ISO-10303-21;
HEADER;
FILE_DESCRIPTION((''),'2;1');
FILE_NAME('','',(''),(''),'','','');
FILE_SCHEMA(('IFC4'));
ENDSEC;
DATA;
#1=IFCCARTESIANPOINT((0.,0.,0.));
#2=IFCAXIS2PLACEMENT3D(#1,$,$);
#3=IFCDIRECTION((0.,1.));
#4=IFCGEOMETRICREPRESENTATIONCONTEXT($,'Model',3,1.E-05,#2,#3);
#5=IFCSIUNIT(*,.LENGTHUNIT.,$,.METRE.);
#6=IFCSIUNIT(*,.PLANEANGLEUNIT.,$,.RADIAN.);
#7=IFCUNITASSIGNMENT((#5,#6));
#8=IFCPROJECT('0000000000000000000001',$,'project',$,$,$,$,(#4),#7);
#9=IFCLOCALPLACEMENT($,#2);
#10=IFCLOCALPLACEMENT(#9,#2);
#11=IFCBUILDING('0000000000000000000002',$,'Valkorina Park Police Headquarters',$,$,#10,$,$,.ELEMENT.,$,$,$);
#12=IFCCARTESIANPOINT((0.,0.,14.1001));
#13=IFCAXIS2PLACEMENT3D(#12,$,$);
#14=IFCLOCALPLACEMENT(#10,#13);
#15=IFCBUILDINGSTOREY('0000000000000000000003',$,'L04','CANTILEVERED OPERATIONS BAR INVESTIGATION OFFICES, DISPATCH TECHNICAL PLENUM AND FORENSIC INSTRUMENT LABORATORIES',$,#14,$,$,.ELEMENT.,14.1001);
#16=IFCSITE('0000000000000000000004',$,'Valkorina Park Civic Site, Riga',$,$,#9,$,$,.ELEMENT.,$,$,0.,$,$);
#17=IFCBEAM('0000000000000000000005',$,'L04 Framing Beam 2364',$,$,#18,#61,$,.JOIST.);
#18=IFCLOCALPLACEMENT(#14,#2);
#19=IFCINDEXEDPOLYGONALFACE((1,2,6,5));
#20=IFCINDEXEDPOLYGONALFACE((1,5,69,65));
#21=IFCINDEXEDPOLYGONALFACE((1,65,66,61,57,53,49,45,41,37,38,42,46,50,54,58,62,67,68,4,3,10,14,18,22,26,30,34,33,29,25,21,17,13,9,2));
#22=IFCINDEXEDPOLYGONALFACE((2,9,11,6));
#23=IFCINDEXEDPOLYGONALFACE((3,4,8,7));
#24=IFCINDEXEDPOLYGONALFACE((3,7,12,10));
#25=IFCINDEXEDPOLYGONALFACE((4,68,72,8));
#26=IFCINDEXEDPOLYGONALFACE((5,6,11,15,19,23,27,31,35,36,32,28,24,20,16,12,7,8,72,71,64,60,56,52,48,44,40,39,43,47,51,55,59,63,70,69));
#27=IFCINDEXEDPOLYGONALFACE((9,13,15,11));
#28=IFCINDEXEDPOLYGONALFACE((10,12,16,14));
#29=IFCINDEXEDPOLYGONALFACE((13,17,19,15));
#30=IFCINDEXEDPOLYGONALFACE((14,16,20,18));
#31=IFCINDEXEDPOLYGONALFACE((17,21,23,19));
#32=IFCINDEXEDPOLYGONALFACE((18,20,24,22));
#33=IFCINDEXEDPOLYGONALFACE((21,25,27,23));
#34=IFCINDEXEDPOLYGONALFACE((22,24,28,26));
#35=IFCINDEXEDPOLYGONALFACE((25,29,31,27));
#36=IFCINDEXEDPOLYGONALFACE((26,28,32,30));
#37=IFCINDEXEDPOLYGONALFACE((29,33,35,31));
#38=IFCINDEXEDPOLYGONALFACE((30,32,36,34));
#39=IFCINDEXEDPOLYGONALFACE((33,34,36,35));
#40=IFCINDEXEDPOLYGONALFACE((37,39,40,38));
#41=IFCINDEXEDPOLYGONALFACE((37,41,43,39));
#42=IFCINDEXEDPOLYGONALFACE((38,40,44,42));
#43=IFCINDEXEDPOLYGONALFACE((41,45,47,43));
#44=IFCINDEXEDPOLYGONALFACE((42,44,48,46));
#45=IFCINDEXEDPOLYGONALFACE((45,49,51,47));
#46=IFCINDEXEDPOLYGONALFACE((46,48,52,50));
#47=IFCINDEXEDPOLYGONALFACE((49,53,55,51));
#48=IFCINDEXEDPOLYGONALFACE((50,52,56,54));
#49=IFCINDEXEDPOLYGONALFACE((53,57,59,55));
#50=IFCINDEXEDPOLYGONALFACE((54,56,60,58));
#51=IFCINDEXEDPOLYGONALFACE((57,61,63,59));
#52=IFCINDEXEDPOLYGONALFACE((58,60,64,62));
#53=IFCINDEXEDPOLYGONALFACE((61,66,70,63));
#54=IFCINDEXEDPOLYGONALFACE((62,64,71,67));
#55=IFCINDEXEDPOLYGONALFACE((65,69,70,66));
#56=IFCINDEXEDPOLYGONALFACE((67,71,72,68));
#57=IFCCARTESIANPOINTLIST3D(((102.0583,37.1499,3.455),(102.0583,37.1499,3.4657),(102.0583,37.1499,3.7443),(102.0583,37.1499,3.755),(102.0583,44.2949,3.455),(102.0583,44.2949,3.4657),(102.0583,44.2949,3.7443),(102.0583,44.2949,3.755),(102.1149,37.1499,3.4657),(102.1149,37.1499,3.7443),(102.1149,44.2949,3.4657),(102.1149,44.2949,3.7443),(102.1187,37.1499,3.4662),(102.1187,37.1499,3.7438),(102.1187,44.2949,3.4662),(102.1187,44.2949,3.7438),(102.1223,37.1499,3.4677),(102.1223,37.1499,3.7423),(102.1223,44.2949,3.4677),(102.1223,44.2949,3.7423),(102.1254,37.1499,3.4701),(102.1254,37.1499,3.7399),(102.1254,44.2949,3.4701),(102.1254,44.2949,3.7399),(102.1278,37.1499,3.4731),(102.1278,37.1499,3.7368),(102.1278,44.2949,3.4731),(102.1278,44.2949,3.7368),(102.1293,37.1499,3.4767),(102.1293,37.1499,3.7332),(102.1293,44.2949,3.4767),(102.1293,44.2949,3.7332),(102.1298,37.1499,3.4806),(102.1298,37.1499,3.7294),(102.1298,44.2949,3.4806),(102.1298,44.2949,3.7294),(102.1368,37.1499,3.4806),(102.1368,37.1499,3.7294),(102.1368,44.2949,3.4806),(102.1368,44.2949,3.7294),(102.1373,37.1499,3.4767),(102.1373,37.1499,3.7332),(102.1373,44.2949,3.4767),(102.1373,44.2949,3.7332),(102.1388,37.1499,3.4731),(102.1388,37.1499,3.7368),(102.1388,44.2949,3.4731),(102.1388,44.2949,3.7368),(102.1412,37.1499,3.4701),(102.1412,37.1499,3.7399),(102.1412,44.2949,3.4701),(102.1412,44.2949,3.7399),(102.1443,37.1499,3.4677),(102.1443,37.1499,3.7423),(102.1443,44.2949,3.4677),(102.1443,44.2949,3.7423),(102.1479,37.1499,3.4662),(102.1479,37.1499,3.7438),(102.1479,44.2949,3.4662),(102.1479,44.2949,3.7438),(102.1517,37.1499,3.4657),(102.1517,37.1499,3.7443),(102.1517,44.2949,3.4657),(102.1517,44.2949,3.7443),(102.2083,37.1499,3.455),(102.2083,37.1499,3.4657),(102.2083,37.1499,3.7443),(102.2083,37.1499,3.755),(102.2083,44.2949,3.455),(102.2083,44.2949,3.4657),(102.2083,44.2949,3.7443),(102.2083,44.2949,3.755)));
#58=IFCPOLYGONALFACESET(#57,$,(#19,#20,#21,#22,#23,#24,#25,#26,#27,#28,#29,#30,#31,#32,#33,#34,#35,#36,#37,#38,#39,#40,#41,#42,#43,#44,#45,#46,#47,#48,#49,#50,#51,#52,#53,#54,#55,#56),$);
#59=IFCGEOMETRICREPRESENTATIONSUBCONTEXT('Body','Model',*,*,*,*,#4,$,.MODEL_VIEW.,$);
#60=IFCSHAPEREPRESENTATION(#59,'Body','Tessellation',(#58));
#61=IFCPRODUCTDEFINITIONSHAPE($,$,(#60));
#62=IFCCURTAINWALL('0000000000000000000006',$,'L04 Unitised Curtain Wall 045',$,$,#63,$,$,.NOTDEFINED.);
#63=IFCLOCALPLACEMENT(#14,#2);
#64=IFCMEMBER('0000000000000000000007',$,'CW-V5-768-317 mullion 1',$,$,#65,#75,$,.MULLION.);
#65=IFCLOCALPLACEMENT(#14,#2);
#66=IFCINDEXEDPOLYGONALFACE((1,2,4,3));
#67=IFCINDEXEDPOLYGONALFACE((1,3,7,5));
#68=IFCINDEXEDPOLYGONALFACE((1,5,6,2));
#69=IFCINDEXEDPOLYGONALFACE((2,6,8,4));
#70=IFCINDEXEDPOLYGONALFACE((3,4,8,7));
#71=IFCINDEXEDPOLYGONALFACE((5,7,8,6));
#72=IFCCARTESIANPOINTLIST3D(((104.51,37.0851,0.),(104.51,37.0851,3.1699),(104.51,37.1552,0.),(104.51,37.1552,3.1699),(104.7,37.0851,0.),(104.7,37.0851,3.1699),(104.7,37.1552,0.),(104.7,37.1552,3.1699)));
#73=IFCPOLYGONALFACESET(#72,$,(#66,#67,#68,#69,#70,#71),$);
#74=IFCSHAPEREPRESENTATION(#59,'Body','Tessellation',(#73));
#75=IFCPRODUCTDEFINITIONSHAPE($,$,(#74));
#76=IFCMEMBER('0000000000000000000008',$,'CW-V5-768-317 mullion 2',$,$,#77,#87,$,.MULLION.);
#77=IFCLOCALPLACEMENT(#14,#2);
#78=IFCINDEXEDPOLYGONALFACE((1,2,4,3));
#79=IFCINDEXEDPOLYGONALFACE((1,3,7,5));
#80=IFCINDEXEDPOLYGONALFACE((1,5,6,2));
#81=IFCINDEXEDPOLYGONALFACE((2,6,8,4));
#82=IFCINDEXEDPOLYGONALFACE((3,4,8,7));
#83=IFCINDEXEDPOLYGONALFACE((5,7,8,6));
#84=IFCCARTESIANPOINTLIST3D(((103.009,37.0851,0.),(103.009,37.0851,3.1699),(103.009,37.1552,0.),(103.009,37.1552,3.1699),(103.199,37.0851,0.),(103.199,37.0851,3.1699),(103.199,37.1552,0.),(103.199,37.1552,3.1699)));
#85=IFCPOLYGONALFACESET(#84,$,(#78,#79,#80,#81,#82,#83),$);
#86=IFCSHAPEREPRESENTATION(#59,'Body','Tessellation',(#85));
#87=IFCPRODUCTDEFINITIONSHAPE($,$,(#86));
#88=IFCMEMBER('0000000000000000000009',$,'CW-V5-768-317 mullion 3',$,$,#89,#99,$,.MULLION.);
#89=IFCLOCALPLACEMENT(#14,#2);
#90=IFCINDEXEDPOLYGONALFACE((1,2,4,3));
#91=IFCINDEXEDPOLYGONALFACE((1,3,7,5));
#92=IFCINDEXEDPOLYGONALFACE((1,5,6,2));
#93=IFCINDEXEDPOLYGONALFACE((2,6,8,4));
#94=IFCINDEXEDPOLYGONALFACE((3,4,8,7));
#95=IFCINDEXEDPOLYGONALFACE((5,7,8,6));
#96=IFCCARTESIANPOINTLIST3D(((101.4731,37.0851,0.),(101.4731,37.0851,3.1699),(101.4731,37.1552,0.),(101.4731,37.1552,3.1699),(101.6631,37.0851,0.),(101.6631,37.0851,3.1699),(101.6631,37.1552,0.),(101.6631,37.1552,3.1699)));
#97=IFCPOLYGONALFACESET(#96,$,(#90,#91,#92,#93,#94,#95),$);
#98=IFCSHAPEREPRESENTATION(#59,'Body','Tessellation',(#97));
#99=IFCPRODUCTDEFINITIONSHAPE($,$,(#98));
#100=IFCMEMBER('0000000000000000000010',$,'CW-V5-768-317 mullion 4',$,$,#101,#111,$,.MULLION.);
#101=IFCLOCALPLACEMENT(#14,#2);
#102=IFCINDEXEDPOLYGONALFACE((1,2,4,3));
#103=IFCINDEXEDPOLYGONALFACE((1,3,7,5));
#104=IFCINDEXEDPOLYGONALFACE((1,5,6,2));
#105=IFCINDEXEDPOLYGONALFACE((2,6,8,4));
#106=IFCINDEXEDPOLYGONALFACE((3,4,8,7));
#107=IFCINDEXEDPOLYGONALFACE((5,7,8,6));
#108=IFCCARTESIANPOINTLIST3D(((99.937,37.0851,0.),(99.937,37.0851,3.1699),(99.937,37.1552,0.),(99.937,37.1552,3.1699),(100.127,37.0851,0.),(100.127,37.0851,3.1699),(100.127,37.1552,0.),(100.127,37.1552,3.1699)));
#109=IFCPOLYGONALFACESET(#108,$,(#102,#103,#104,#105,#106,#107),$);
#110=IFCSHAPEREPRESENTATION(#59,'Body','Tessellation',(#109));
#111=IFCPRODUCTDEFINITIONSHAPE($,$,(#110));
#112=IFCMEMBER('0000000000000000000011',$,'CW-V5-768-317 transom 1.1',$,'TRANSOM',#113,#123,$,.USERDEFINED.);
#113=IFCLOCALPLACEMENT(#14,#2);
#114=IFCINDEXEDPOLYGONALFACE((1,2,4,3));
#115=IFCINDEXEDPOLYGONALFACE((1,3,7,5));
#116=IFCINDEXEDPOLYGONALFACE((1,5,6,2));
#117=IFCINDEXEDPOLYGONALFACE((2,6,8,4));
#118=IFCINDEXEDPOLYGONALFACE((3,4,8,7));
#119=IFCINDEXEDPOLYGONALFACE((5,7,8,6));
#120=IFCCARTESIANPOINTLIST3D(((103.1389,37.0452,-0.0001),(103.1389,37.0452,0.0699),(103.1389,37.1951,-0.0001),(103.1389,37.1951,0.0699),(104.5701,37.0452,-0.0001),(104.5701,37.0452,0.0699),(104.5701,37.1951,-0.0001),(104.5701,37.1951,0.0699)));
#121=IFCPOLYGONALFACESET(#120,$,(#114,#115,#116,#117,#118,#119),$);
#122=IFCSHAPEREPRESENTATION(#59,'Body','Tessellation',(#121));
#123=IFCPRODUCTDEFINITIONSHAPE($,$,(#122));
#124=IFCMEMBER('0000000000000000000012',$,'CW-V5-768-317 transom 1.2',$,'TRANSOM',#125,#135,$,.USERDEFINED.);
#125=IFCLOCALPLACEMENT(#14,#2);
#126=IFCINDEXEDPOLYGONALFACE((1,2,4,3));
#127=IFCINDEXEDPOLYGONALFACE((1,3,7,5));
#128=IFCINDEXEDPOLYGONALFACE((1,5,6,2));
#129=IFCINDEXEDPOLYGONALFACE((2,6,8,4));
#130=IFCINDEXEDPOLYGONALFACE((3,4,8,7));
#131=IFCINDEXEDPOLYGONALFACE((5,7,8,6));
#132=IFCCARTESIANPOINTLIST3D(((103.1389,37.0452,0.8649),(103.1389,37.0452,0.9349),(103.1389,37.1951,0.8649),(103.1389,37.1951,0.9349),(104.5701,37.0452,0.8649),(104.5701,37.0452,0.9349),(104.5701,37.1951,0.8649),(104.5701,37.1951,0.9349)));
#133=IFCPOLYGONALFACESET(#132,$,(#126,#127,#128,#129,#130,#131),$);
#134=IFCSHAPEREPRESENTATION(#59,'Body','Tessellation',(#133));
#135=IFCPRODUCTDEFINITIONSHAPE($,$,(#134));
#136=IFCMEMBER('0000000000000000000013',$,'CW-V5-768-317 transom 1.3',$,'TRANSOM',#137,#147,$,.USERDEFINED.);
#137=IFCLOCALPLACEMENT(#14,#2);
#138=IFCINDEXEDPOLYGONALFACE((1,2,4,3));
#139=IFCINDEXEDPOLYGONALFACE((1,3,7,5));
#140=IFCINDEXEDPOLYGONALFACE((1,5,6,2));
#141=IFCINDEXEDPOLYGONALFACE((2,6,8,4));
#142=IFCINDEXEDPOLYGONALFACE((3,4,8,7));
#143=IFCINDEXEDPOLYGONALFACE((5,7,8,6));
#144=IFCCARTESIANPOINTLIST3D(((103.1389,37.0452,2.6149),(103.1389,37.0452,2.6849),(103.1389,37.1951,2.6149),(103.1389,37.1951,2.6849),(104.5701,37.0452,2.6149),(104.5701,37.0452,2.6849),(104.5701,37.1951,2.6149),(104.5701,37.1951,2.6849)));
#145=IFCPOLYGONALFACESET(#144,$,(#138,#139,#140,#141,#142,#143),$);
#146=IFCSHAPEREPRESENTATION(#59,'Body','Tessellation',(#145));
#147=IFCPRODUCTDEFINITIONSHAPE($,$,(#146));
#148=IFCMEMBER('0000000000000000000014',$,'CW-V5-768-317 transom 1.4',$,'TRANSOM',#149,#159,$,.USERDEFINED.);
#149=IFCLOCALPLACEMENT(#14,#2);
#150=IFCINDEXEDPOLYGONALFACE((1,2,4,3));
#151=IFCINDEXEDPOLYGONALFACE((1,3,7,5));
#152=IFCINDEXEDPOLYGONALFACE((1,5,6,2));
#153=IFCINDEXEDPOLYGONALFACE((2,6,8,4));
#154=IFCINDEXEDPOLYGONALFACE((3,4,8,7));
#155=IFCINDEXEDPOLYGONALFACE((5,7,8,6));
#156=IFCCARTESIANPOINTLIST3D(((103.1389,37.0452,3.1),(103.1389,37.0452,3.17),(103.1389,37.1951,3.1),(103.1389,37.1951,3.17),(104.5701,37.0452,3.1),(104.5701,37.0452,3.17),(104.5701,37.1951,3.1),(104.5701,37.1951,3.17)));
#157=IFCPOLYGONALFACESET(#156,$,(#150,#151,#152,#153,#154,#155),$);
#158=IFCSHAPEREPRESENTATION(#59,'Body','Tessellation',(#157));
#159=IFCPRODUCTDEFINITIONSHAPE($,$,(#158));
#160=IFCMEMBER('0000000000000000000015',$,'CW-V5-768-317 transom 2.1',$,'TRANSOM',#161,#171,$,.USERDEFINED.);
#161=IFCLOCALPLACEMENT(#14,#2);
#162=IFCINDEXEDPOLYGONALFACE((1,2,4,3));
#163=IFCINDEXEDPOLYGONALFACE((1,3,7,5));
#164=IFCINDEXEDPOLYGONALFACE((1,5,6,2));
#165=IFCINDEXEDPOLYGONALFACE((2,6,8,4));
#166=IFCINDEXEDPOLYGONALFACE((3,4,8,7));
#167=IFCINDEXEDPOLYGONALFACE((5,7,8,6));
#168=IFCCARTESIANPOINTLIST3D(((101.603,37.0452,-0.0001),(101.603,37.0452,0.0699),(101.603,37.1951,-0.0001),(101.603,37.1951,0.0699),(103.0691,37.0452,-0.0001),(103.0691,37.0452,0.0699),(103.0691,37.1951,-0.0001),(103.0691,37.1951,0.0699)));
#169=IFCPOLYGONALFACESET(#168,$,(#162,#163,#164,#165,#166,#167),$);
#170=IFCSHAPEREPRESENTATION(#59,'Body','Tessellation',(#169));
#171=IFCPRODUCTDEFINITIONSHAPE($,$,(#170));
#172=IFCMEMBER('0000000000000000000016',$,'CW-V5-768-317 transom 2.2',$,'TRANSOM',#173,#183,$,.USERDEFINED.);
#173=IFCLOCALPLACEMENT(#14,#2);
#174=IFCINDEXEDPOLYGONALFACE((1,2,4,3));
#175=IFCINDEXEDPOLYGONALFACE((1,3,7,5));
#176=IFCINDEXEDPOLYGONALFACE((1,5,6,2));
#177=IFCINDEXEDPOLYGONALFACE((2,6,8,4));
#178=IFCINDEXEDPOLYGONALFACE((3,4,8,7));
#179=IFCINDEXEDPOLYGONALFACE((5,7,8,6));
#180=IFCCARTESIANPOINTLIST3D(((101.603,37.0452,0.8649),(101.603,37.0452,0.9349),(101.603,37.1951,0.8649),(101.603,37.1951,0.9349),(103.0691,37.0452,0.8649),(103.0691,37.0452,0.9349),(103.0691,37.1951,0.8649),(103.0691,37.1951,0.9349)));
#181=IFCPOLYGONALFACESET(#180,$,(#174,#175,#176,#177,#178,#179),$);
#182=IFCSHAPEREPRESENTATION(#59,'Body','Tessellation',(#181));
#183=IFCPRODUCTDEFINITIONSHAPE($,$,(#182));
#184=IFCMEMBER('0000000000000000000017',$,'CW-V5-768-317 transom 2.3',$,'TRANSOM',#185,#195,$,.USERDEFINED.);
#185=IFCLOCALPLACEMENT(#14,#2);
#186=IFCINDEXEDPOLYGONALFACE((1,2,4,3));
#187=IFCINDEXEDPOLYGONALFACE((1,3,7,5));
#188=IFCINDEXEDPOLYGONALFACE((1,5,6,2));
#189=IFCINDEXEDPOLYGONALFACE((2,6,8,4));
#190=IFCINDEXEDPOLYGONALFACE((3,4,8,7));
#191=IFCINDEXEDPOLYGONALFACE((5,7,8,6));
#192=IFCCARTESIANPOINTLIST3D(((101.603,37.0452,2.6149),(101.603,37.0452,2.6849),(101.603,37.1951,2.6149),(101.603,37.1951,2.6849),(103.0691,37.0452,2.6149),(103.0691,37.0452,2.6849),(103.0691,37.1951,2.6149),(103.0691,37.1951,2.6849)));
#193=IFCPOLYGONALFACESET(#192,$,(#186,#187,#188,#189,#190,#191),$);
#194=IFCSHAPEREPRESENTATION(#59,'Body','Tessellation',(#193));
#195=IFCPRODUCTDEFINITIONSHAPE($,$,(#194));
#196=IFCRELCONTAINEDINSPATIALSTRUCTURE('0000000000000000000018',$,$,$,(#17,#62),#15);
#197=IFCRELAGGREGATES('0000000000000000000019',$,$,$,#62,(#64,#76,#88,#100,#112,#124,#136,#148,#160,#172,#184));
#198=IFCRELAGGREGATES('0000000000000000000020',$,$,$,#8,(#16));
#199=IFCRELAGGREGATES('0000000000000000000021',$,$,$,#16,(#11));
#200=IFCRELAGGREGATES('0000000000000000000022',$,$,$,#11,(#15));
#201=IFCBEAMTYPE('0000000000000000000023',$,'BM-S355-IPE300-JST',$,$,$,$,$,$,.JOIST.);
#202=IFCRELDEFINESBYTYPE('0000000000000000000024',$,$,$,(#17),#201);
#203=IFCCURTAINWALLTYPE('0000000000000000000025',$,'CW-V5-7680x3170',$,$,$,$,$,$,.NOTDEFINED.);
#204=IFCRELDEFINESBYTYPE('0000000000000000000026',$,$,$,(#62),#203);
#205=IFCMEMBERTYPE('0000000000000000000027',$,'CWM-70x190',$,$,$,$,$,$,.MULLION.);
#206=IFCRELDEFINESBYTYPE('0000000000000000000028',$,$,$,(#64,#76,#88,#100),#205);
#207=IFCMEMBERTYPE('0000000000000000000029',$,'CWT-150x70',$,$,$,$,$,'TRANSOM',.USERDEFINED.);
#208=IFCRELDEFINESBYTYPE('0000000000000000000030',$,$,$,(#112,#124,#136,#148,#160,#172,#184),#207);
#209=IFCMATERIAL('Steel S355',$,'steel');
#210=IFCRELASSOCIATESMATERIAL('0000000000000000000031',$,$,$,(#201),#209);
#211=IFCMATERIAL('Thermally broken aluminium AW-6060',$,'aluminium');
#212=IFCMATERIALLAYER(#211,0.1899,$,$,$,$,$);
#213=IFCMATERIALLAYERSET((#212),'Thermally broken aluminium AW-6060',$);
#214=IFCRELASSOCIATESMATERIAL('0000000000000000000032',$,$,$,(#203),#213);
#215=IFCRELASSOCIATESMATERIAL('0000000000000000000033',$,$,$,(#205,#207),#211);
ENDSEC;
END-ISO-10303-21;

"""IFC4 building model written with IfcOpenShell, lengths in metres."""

from ifc_helpers import new_model, si_unit, direction, frame, origin, origin_2d, place, context, subcontext, project, spatial, rectangle, i_section, extrude, material, layer, layer_set, material_profile, profile_set, type_object, element, aggregate, save


model = new_model("IFC4")

# Units and contexts
model_context = context("Model", 3, precision=1e-05, world=origin(), true_north=direction((0.0, 1.0)))
body_context = subcontext(model_context, "Body", "Model", "MODEL_VIEW")
ifc_project = project(units=[si_unit("LENGTHUNIT", "METRE"), si_unit("PLANEANGLEUNIT", "RADIAN")], contexts=[model_context])

# Site, building, storey
site_placement = place(None, origin())
site = spatial("IfcSite", under=ifc_project, at=site_placement, Name="Valkorina Park Civic Site, Riga", CompositionType="ELEMENT", RefElevation=0.0)
building_placement = place(site_placement, origin())
building = spatial("IfcBuilding", under=site, at=building_placement, Name="Valkorina Park Police Headquarters", CompositionType="ELEMENT")
storey_placement = place(building_placement, frame((0.0, 0.0, 14.1001)))
storey = spatial("IfcBuildingStorey", under=building, at=storey_placement, Name="L04", Description="CANTILEVERED OPERATIONS BAR INVESTIGATION OFFICES, DISPATCH TECHNICAL PLENUM AND FORENSIC INSTRUMENT LABORATORIES", CompositionType="ELEMENT", Elevation=14.1001)

# Beam
ifc_material_1 = material(Name="Steel S355", Category="steel")
ifc_material_profile_1 = material_profile(ifc_material_1, i_section(OverallWidth=0.1499, OverallDepth=0.3, WebThickness=0.0071, FlangeThickness=0.0107, FilletRadius=0.0149, at=origin_2d()), Name="IPE 300")
ifc_profile_set_1 = profile_set([ifc_material_profile_1], Name="Steel S355")
beam_type = type_object("IfcBeamType", Name="BM-S355-IPE300-JST", PredefinedType="JOIST", material=ifc_profile_set_1)
beam_placement = place(storey_placement, frame((102.1333, 37.1499, 3.605), z_axis=(0.0, 1.0, 0.0), x_axis=(-1.0, 0.0, 0.0)))
element("IfcBeam", 1, at=beam_placement, inside=storey, type_object=beam_type, Name="L04 Framing Beam 2364", PredefinedType="JOIST", context=body_context, shape_type="SweptSolid", body=[
    extrude(i_section(OverallWidth=0.1499, OverallDepth=0.3, WebThickness=0.0071, FlangeThickness=0.0107, FilletRadius=0.0149, at=origin_2d()), origin(), (0.0, 0.0, 1.0), 7.145),
])

# Curtain wall, members
ifc_material_2 = material(Name="Thermally broken aluminium AW-6060", Category="aluminium")
ifc_layer_1 = layer(ifc_material_2, 0.1899)
ifc_layer_set_1 = layer_set([ifc_layer_1], Name="Thermally broken aluminium AW-6060")
curtain_wall_type = type_object("IfcCurtainWallType", Name="CW-V5-7680x3170", PredefinedType="NOTDEFINED", material=ifc_layer_set_1)
curtain_wall_placement = place(storey_placement, origin())
curtain_wall = element("IfcCurtainWall", 2, at=curtain_wall_placement, inside=storey, type_object=curtain_wall_type, Name="L04 Unitised Curtain Wall 045", PredefinedType="NOTDEFINED")
ifc_material_profile_2 = material_profile(ifc_material_2, rectangle(XDim=0.0701, YDim=0.1899, at=origin_2d()), Name="CWM-02 70x190")
ifc_profile_set_2 = profile_set([ifc_material_profile_2], Name="Thermally broken aluminium AW-6060")
member_type_1 = type_object("IfcMemberType", Name="CWM-70x190", PredefinedType="MULLION", material=ifc_profile_set_2)
member_1_placement = place(storey_placement, frame((104.605, 37.1201, 0.0), z_axis=(0.0, 0.0, 1.0), x_axis=(0.0, -1.0, 0.0)))
member_1 = element("IfcMember", 3, at=member_1_placement, type_object=member_type_1, Name="CW-V5-768-317 mullion 1", PredefinedType="MULLION", context=body_context, shape_type="SweptSolid", body=[
    extrude(rectangle(XDim=0.0701, YDim=0.1899, at=origin_2d()), origin(), (0.0, 0.0, 1.0), 3.1699),
])
member_2_placement = place(storey_placement, frame((103.104, 37.1201, 0.0), z_axis=(0.0, 0.0, 1.0), x_axis=(0.0, -1.0, 0.0)))
member_2 = element("IfcMember", 4, at=member_2_placement, type_object=member_type_1, Name="CW-V5-768-317 mullion 2", PredefinedType="MULLION", context=body_context, shape_type="SweptSolid", body=[
    extrude(rectangle(XDim=0.0701, YDim=0.1899, at=origin_2d()), origin(), (0.0, 0.0, 1.0), 3.1699),
])
member_3_placement = place(storey_placement, frame((101.5681, 37.1201, 0.0), z_axis=(0.0, 0.0, 1.0), x_axis=(0.0, -1.0, 0.0)))
member_3 = element("IfcMember", 5, at=member_3_placement, type_object=member_type_1, Name="CW-V5-768-317 mullion 3", PredefinedType="MULLION", context=body_context, shape_type="SweptSolid", body=[
    extrude(rectangle(XDim=0.0701, YDim=0.1899, at=origin_2d()), origin(), (0.0, 0.0, 1.0), 3.1699),
])
member_4_placement = place(storey_placement, frame((100.032, 37.1201, 0.0), z_axis=(0.0, 0.0, 1.0), x_axis=(0.0, -1.0, 0.0)))
member_4 = element("IfcMember", 6, at=member_4_placement, type_object=member_type_1, Name="CW-V5-768-317 mullion 4", PredefinedType="MULLION", context=body_context, shape_type="SweptSolid", body=[
    extrude(rectangle(XDim=0.0701, YDim=0.1899, at=origin_2d()), origin(), (0.0, 0.0, 1.0), 3.1699),
])
ifc_material_profile_3 = material_profile(ifc_material_2, rectangle(XDim=0.1499, YDim=0.0701, at=origin_2d()), Name="CWT-02 150x70")
ifc_profile_set_3 = profile_set([ifc_material_profile_3], Name="Thermally broken aluminium AW-6060")
member_type_2 = type_object("IfcMemberType", Name="CWT-150x70", ElementType="TRANSOM", PredefinedType="USERDEFINED", material=ifc_profile_set_3)
member_5_placement = place(storey_placement, frame((104.5701, 37.1201, 0.0349), z_axis=(-1.0, 0.0, 0.0), x_axis=(0.0, -1.0, 0.0)))
member_5 = element("IfcMember", 7, at=member_5_placement, type_object=member_type_2, Name="CW-V5-768-317 transom 1.1", ObjectType="TRANSOM", PredefinedType="USERDEFINED", context=body_context, shape_type="SweptSolid", body=[
    extrude(rectangle(XDim=0.1499, YDim=0.0701, at=origin_2d()), origin(), (0.0, 0.0, 1.0), 1.4312),
])
member_6_placement = place(storey_placement, frame((104.5701, 37.1201, 0.8999), z_axis=(-1.0, 0.0, 0.0), x_axis=(0.0, -1.0, 0.0)))
member_6 = element("IfcMember", 8, at=member_6_placement, type_object=member_type_2, Name="CW-V5-768-317 transom 1.2", ObjectType="TRANSOM", PredefinedType="USERDEFINED", context=body_context, shape_type="SweptSolid", body=[
    extrude(rectangle(XDim=0.1499, YDim=0.0701, at=origin_2d()), origin(), (0.0, 0.0, 1.0), 1.4312),
])
member_7_placement = place(storey_placement, frame((104.5701, 37.1201, 2.6499), z_axis=(-1.0, 0.0, 0.0), x_axis=(0.0, -1.0, 0.0)))
member_7 = element("IfcMember", 9, at=member_7_placement, type_object=member_type_2, Name="CW-V5-768-317 transom 1.3", ObjectType="TRANSOM", PredefinedType="USERDEFINED", context=body_context, shape_type="SweptSolid", body=[
    extrude(rectangle(XDim=0.1499, YDim=0.0701, at=origin_2d()), origin(), (0.0, 0.0, 1.0), 1.4312),
])
member_8_placement = place(storey_placement, frame((104.5701, 37.1201, 3.135), z_axis=(-1.0, 0.0, 0.0), x_axis=(0.0, -1.0, 0.0)))
member_8 = element("IfcMember", 10, at=member_8_placement, type_object=member_type_2, Name="CW-V5-768-317 transom 1.4", ObjectType="TRANSOM", PredefinedType="USERDEFINED", context=body_context, shape_type="SweptSolid", body=[
    extrude(rectangle(XDim=0.1499, YDim=0.0701, at=origin_2d()), origin(), (0.0, 0.0, 1.0), 1.4312),
])
member_9_placement = place(storey_placement, frame((103.0691, 37.1201, 0.0349), z_axis=(-1.0, 0.0, 0.0), x_axis=(0.0, -1.0, 0.0)))
member_9 = element("IfcMember", 11, at=member_9_placement, type_object=member_type_2, Name="CW-V5-768-317 transom 2.1", ObjectType="TRANSOM", PredefinedType="USERDEFINED", context=body_context, shape_type="SweptSolid", body=[
    extrude(rectangle(XDim=0.1499, YDim=0.0701, at=origin_2d()), origin(), (0.0, 0.0, 1.0), 1.4661),
])
member_10_placement = place(storey_placement, frame((103.0691, 37.1201, 0.8999), z_axis=(-1.0, 0.0, 0.0), x_axis=(0.0, -1.0, 0.0)))
member_10 = element("IfcMember", 12, at=member_10_placement, type_object=member_type_2, Name="CW-V5-768-317 transom 2.2", ObjectType="TRANSOM", PredefinedType="USERDEFINED", context=body_context, shape_type="SweptSolid", body=[
    extrude(rectangle(XDim=0.1499, YDim=0.0701, at=origin_2d()), origin(), (0.0, 0.0, 1.0), 1.4661),
])
member_11_placement = place(storey_placement, frame((103.0691, 37.1201, 2.6499), z_axis=(-1.0, 0.0, 0.0), x_axis=(0.0, -1.0, 0.0)))
member_11 = element("IfcMember", 13, at=member_11_placement, type_object=member_type_2, Name="CW-V5-768-317 transom 2.3", ObjectType="TRANSOM", PredefinedType="USERDEFINED", context=body_context, shape_type="SweptSolid", body=[
    extrude(rectangle(XDim=0.1499, YDim=0.0701, at=origin_2d()), origin(), (0.0, 0.0, 1.0), 1.4661),
])
aggregate(curtain_wall, [member_1, member_2, member_3, member_4, member_5, member_6, member_7, member_8, member_9, member_10, member_11])

save(model, "model.ifc")
